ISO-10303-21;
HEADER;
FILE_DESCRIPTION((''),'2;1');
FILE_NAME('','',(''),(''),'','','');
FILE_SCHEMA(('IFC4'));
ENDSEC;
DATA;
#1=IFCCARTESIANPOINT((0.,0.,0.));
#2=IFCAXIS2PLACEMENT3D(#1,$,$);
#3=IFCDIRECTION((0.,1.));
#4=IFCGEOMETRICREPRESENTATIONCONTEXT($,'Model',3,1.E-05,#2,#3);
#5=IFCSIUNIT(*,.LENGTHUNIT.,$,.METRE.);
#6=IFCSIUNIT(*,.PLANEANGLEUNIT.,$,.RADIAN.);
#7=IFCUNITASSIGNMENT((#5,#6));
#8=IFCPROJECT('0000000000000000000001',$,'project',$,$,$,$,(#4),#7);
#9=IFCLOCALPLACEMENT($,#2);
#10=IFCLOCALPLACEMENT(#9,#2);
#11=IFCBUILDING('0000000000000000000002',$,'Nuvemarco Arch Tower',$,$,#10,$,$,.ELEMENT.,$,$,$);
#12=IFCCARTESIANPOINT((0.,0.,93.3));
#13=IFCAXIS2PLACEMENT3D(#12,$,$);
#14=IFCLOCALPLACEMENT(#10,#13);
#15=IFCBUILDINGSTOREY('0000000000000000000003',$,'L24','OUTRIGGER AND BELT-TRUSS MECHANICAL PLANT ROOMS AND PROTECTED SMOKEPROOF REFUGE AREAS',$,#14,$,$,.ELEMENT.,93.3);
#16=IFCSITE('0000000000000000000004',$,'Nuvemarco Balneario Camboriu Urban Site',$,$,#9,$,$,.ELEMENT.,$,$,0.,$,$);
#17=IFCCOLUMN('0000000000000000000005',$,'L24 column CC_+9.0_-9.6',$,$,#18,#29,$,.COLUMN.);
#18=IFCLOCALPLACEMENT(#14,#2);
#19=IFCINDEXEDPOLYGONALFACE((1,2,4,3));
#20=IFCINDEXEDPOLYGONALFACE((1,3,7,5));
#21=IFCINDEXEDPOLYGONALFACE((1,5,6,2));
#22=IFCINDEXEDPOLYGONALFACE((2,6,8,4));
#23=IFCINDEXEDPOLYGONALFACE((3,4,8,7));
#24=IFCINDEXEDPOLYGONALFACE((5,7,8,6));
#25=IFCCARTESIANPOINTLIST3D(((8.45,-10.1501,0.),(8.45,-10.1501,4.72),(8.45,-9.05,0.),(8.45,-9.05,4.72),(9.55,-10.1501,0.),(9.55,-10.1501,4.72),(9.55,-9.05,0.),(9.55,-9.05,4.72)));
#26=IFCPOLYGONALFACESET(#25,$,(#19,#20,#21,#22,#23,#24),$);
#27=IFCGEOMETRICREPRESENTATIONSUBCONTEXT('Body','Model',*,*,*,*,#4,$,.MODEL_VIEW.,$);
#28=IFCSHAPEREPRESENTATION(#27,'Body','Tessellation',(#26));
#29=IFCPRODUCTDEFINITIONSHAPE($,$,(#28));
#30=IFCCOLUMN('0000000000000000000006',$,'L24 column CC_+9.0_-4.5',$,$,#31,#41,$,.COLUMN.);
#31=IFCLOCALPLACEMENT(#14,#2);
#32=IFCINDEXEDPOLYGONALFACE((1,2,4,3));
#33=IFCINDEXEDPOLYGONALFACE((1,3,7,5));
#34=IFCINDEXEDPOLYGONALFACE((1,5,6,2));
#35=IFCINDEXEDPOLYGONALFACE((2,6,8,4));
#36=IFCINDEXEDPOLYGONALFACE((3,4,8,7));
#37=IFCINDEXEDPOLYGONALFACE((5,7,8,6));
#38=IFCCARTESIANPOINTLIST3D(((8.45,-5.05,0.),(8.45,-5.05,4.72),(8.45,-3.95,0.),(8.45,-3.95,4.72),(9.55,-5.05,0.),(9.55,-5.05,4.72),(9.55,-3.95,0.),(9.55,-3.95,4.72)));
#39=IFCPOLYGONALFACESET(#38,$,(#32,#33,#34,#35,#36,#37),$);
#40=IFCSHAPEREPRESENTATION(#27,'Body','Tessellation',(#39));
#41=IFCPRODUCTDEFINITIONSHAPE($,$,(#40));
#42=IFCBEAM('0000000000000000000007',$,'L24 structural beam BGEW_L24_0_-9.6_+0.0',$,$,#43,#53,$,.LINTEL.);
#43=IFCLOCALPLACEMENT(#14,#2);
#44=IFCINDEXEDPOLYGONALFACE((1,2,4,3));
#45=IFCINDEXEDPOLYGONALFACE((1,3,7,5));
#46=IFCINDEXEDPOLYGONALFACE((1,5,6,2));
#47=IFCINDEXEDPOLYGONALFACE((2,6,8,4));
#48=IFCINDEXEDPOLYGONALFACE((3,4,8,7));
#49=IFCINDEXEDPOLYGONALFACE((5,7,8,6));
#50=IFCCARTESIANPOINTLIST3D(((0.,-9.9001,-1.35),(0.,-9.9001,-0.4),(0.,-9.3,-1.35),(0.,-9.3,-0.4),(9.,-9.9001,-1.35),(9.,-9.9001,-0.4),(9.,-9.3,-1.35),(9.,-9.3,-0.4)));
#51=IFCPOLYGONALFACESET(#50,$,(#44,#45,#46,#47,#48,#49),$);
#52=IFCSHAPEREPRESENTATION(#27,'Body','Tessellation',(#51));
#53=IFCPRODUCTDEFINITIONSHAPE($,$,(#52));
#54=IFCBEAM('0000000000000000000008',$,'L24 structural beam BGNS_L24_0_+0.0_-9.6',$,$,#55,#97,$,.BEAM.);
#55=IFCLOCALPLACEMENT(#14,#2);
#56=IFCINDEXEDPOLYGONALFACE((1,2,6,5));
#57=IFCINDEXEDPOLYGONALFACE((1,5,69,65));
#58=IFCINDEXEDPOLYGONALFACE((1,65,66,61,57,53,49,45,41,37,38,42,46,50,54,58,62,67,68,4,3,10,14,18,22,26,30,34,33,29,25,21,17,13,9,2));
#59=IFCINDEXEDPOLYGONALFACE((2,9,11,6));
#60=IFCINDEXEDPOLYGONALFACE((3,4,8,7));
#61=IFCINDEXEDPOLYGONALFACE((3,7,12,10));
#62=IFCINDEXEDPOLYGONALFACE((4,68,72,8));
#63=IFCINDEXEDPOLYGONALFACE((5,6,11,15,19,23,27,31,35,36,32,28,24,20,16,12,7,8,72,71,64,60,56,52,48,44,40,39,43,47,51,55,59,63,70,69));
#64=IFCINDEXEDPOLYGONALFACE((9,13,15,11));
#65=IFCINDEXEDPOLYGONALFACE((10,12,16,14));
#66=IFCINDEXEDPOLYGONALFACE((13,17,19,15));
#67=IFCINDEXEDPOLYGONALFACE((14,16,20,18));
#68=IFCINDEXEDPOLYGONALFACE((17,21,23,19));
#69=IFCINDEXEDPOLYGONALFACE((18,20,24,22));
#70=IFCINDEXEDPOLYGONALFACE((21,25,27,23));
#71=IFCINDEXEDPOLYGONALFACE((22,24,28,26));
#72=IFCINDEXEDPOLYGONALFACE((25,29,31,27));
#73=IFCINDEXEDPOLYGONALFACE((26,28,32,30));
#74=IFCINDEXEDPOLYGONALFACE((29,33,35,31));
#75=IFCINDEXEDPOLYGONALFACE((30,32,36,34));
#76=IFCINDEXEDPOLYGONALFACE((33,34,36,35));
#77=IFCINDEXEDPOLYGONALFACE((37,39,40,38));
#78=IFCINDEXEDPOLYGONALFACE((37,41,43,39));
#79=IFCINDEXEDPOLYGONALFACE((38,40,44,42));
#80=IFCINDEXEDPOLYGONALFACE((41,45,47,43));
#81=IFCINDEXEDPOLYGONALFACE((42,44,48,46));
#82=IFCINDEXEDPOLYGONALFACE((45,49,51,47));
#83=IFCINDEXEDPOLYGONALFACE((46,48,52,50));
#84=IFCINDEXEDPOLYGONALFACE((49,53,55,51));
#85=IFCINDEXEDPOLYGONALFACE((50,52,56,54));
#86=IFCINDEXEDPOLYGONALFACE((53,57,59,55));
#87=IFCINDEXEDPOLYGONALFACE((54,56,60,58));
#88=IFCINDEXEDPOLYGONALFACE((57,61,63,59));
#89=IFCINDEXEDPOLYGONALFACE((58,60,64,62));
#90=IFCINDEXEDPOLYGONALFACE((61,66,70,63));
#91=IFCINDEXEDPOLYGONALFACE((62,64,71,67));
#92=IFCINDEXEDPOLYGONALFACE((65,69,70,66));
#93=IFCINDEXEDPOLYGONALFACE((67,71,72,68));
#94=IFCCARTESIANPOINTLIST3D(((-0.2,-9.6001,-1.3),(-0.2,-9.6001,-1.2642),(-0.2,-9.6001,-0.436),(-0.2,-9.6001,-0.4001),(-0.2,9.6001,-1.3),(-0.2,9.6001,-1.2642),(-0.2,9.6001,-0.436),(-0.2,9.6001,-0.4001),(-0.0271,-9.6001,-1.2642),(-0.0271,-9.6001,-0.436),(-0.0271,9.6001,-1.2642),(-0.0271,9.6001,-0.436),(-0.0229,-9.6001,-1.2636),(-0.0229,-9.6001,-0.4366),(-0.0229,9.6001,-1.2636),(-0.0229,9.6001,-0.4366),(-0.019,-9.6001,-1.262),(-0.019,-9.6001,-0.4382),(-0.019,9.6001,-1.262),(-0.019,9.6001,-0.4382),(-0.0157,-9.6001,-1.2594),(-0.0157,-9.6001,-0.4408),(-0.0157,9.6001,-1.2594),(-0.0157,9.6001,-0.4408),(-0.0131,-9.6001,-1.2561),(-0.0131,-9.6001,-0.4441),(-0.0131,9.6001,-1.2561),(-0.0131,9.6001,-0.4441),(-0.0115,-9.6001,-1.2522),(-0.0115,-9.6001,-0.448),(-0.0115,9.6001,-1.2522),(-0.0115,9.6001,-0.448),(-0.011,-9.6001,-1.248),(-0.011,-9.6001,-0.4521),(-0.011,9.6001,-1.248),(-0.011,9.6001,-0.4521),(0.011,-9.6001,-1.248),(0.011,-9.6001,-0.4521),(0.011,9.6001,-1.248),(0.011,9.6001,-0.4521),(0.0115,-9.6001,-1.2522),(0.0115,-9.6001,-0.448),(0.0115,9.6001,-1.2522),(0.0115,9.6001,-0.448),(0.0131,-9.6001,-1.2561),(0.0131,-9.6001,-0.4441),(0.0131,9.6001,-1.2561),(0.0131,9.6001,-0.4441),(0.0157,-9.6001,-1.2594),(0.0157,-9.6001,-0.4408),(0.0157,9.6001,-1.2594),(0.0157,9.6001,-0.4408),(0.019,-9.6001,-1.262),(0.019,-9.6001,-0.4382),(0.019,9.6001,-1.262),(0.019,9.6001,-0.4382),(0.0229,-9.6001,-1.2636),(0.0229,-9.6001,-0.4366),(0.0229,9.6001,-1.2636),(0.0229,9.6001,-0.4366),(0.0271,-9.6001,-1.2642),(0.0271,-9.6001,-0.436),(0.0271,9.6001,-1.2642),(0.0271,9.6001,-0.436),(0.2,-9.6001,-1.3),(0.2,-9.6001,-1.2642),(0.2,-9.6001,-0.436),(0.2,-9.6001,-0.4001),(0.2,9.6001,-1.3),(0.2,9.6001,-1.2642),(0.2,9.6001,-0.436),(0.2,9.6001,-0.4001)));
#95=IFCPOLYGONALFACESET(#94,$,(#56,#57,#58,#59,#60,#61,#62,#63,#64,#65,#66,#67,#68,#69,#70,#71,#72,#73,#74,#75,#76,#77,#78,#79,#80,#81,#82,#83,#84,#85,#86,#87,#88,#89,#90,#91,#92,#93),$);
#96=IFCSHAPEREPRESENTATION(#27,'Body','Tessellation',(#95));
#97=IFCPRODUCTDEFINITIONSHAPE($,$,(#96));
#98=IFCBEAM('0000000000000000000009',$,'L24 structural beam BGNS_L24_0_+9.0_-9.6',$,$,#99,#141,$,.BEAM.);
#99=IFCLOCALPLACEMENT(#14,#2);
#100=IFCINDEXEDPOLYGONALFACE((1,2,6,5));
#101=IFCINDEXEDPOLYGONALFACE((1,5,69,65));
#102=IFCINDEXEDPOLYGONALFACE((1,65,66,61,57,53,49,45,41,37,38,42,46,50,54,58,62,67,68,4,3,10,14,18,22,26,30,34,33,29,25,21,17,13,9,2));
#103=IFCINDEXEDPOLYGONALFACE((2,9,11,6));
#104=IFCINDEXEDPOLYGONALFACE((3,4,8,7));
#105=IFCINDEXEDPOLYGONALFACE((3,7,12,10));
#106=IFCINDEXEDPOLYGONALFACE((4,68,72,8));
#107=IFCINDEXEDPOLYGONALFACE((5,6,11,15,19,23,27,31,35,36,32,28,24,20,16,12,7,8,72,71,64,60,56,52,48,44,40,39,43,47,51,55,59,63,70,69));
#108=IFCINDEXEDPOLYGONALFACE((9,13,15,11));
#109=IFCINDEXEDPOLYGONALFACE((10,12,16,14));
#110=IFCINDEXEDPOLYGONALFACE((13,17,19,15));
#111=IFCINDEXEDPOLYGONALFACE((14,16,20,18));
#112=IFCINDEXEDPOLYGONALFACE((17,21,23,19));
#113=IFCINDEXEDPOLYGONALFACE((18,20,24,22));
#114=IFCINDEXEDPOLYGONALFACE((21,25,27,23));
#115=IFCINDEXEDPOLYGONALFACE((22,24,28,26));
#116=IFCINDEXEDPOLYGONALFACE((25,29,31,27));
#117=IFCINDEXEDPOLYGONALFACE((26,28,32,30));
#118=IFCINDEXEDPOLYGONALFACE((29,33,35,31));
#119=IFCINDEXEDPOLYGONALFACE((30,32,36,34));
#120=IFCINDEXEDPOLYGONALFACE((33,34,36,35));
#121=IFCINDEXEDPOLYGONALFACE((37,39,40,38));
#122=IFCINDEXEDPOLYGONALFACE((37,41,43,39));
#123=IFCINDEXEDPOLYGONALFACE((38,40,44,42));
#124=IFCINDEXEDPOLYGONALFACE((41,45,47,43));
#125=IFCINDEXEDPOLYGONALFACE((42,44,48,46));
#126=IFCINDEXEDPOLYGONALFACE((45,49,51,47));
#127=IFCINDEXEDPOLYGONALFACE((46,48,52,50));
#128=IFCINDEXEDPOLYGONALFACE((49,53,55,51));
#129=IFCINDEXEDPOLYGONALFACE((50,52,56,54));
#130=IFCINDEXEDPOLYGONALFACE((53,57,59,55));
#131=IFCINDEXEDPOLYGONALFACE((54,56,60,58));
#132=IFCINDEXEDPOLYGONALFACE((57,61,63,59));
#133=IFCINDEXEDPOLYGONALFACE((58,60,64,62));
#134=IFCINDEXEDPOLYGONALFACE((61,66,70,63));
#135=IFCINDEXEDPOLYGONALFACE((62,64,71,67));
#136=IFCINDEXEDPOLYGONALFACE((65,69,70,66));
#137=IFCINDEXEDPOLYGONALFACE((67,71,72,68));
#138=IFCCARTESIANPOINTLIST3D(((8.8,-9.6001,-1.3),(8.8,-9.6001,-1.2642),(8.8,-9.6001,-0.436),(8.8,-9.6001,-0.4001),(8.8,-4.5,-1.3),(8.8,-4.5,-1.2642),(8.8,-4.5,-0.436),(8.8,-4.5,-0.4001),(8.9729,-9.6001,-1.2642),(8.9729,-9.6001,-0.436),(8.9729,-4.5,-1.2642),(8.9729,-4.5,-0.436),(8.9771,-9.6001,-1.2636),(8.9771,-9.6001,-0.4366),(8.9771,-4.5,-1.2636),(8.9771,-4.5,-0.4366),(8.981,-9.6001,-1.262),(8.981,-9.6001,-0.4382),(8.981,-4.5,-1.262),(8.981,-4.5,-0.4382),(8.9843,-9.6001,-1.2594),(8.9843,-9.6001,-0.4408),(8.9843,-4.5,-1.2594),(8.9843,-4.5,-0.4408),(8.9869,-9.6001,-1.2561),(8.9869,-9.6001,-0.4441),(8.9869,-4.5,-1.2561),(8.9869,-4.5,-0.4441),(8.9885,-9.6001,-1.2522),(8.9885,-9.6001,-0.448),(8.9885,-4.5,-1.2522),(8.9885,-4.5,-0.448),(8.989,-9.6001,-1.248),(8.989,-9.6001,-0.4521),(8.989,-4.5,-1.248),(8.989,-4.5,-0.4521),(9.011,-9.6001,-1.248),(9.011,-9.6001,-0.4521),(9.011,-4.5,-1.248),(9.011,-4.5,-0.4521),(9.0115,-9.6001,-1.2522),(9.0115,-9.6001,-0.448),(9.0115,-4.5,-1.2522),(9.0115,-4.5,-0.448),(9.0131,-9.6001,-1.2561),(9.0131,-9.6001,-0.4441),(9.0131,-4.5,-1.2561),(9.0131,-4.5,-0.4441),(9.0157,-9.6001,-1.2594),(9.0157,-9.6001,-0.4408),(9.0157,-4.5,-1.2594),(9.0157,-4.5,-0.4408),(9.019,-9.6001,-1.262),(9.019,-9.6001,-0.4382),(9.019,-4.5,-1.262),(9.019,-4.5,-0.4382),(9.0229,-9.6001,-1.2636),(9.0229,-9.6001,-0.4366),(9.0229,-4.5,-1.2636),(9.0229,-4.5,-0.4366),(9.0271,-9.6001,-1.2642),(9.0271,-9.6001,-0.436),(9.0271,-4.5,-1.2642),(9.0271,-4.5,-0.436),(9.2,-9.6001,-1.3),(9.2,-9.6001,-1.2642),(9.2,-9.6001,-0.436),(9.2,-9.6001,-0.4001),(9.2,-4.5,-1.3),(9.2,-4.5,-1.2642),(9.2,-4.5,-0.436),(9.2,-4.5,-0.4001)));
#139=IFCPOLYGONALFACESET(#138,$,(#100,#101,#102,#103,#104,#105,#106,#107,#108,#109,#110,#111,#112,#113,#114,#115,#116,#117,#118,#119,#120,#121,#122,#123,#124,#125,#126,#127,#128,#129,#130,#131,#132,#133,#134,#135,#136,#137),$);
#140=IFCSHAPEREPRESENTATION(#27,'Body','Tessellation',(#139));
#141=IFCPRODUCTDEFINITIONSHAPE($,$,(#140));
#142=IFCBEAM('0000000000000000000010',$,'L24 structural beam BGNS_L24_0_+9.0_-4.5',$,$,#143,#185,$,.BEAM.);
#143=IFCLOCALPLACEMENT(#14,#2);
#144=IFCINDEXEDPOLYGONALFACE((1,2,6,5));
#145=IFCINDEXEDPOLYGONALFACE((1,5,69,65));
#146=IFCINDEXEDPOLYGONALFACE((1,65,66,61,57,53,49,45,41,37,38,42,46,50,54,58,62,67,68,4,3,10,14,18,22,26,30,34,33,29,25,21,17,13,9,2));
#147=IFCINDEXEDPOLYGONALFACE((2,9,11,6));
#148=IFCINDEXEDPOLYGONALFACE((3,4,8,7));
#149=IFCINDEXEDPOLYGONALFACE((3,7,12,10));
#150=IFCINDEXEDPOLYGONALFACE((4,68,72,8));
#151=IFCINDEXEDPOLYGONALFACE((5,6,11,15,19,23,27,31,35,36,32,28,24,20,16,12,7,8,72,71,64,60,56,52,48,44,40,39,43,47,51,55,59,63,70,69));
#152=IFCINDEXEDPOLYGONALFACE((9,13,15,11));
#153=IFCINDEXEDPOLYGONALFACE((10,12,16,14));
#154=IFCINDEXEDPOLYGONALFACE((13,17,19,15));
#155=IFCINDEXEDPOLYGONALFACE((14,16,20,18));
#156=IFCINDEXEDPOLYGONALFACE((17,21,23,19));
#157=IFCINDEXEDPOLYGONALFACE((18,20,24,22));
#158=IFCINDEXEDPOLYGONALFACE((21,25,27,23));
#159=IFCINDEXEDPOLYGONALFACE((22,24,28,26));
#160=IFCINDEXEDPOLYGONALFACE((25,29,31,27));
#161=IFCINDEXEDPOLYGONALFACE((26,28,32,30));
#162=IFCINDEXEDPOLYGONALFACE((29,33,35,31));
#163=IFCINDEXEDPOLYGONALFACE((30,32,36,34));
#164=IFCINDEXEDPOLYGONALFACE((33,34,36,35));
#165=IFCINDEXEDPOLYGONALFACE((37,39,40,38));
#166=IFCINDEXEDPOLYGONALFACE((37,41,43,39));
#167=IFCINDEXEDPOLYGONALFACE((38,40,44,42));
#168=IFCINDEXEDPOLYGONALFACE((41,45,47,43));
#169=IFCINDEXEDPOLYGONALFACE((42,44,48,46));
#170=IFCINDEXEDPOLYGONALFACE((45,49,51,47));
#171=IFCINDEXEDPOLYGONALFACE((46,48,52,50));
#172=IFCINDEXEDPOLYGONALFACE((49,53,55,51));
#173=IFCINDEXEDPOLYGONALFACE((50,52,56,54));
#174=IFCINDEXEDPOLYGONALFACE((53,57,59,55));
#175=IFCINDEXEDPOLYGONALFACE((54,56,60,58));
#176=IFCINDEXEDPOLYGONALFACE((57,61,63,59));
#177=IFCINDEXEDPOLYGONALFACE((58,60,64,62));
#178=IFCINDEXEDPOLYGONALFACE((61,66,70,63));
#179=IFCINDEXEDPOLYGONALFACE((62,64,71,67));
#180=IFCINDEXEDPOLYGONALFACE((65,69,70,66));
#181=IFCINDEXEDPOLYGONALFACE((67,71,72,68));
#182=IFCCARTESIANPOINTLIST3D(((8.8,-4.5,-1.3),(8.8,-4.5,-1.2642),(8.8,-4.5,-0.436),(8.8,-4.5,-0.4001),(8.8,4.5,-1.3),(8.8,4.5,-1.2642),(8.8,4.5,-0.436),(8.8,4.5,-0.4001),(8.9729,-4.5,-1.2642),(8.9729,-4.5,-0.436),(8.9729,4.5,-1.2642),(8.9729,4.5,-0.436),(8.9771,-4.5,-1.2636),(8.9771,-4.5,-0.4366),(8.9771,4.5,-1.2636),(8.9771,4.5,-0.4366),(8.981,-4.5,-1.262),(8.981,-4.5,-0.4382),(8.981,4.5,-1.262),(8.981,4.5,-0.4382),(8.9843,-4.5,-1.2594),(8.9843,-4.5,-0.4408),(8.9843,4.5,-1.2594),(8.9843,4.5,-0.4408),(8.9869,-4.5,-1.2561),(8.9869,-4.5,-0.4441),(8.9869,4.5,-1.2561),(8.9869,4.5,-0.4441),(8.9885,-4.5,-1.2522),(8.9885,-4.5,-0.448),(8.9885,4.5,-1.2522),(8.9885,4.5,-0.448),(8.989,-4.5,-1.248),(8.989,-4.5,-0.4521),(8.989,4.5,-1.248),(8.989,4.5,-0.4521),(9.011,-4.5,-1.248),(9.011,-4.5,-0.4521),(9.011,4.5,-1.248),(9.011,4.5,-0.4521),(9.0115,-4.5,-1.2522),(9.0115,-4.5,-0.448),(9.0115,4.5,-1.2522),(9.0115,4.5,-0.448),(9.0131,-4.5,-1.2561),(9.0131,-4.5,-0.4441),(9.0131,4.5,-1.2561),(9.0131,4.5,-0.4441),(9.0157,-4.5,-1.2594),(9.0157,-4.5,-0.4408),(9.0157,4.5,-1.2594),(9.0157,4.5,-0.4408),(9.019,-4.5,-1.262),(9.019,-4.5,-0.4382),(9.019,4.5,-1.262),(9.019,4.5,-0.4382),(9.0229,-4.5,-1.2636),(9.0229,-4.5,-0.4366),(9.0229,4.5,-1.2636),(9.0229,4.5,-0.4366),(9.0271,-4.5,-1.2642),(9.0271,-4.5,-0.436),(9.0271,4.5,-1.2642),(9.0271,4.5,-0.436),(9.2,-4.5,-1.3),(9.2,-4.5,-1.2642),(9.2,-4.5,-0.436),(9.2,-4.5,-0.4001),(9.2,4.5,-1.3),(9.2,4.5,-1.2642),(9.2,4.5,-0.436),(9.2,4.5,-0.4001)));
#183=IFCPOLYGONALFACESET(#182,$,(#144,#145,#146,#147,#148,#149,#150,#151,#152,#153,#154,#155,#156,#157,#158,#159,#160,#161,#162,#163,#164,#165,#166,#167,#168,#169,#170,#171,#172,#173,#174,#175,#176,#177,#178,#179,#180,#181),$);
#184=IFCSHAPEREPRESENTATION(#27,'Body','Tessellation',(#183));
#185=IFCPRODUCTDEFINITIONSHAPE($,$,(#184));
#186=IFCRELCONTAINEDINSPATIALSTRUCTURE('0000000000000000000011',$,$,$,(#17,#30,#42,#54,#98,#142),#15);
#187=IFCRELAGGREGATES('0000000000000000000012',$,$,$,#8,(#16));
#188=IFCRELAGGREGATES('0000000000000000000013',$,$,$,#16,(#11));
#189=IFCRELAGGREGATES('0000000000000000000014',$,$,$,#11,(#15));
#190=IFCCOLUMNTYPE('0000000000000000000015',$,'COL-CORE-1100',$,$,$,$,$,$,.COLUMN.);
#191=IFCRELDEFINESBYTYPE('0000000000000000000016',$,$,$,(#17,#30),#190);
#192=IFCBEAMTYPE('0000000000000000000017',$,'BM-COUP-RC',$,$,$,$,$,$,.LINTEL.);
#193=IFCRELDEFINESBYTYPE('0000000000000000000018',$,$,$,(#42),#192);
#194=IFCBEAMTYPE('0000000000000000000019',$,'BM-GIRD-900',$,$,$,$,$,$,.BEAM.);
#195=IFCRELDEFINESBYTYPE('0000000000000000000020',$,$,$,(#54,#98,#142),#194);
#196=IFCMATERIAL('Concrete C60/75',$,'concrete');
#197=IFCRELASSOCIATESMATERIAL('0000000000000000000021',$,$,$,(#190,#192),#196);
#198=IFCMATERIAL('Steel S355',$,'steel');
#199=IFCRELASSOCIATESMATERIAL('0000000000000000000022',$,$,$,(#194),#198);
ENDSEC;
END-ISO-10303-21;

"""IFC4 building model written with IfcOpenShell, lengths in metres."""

from ifc_helpers import new_model, si_unit, direction, frame, origin, origin_2d, place, context, subcontext, project, spatial, rectangle, i_section, extrude, material, material_profile, profile_set, type_object, element, save


model = new_model("IFC4")

# Units and contexts
model_context = context("Model", 3, precision=1e-05, world=origin(), true_north=direction((0.0, 1.0)))
body_context = subcontext(model_context, "Body", "Model", "MODEL_VIEW")
ifc_project = project(units=[si_unit("LENGTHUNIT", "METRE"), si_unit("PLANEANGLEUNIT", "RADIAN")], contexts=[model_context])

# Site, building, storey
site_placement = place(None, origin())
site = spatial("IfcSite", under=ifc_project, at=site_placement, Name="Nuvemarco Balneario Camboriu Urban Site", CompositionType="ELEMENT", RefElevation=0.0)
building_placement = place(site_placement, origin())
building = spatial("IfcBuilding", under=site, at=building_placement, Name="Nuvemarco Arch Tower", CompositionType="ELEMENT")
storey_placement = place(building_placement, frame((0.0, 0.0, 93.3)))
storey = spatial("IfcBuildingStorey", under=building, at=storey_placement, Name="L24", Description="OUTRIGGER AND BELT-TRUSS MECHANICAL PLANT ROOMS AND PROTECTED SMOKEPROOF REFUGE AREAS", CompositionType="ELEMENT", Elevation=93.3)

# Columns
ifc_material_1 = material(Name="Concrete C60/75", Category="concrete")
ifc_material_profile_1 = material_profile(ifc_material_1, rectangle(XDim=1.1001, YDim=1.1001, at=origin_2d()), Name="RC-COL-1100x1100")
ifc_profile_set_1 = profile_set([ifc_material_profile_1], Name="Concrete C60/75")
column_type = type_object("IfcColumnType", Name="COL-CORE-1100", PredefinedType="COLUMN", material=ifc_profile_set_1)
for number, where, z_axis, x_axis, name in (
    (1, (9.0, -9.6001, 0.0), (0.0, 0.0, 1.0), (1.0, 0.0, 0.0), "L24 column CC_+9.0_-9.6"),
    (2, (9.0, -4.5, 0.0), (0.0, 0.0, 1.0), (1.0, 0.0, 0.0), "L24 column CC_+9.0_-4.5"),
):
    element("IfcColumn", number, at=place(storey_placement, frame(where, z_axis=z_axis, x_axis=x_axis)), inside=storey, type_object=column_type, Name=name, PredefinedType="COLUMN", context=body_context, shape_type="SweptSolid", body=[
        extrude(rectangle(XDim=1.1001, YDim=1.1001, at=origin_2d()), origin(), (0.0, 0.0, 1.0), 4.72),
    ])

# Beams
ifc_material_profile_2 = material_profile(ifc_material_1, rectangle(XDim=0.6001, YDim=0.95, at=origin_2d()), Name="RC-BM-600x950")
ifc_profile_set_2 = profile_set([ifc_material_profile_2], Name="Concrete C60/75")
beam_type_1 = type_object("IfcBeamType", Name="BM-COUP-RC", PredefinedType="LINTEL", material=ifc_profile_set_2)
beam_1_placement = place(storey_placement, frame((0.0, -9.6001, -0.875), z_axis=(1.0, 0.0, 0.0), x_axis=(0.0, 1.0, 0.0)))
element("IfcBeam", 3, at=beam_1_placement, inside=storey, type_object=beam_type_1, Name="L24 structural beam BGEW_L24_0_-9.6_+0.0", PredefinedType="LINTEL", context=body_context, shape_type="SweptSolid", body=[
    extrude(rectangle(XDim=0.6001, YDim=0.95, at=origin_2d()), origin(), (0.0, 0.0, 1.0), 9.0),
])
ifc_material_2 = material(Name="Steel S355", Category="steel")
ifc_material_profile_3 = material_profile(ifc_material_2, i_section(OverallWidth=0.3999, OverallDepth=0.8999, WebThickness=0.022, FlangeThickness=0.0359, FilletRadius=0.0161, at=origin_2d()), Name="PG900x400")
ifc_profile_set_3 = profile_set([ifc_material_profile_3], Name="Steel S355")
beam_type_2 = type_object("IfcBeamType", Name="BM-GIRD-900", PredefinedType="BEAM", material=ifc_profile_set_3)
beam_2_placement = place(storey_placement, frame((0.0, -9.6001, -0.8501), z_axis=(0.0, 1.0, 0.0), x_axis=(-1.0, 0.0, 0.0)))
element("IfcBeam", 4, at=beam_2_placement, inside=storey, type_object=beam_type_2, Name="L24 structural beam BGNS_L24_0_+0.0_-9.6", PredefinedType="BEAM", context=body_context, shape_type="SweptSolid", body=[
    extrude(i_section(OverallWidth=0.3999, OverallDepth=0.8999, WebThickness=0.022, FlangeThickness=0.0359, FilletRadius=0.0161, at=origin_2d()), origin(), (0.0, 0.0, 1.0), 19.2002),
])
beam_3_placement = place(storey_placement, frame((9.0, -9.6001, -0.8501), z_axis=(0.0, 1.0, 0.0), x_axis=(-1.0, 0.0, 0.0)))
element("IfcBeam", 5, at=beam_3_placement, inside=storey, type_object=beam_type_2, Name="L24 structural beam BGNS_L24_0_+9.0_-9.6", PredefinedType="BEAM", context=body_context, shape_type="SweptSolid", body=[
    extrude(i_section(OverallWidth=0.3999, OverallDepth=0.8999, WebThickness=0.022, FlangeThickness=0.0359, FilletRadius=0.0161, at=origin_2d()), origin(), (0.0, 0.0, 1.0), 5.1001),
])
beam_4_placement = place(storey_placement, frame((9.0, -4.5, -0.8501), z_axis=(0.0, 1.0, 0.0), x_axis=(-1.0, 0.0, 0.0)))
element("IfcBeam", 6, at=beam_4_placement, inside=storey, type_object=beam_type_2, Name="L24 structural beam BGNS_L24_0_+9.0_-4.5", PredefinedType="BEAM", context=body_context, shape_type="SweptSolid", body=[
    extrude(i_section(OverallWidth=0.3999, OverallDepth=0.8999, WebThickness=0.022, FlangeThickness=0.0359, FilletRadius=0.0161, at=origin_2d()), origin(), (0.0, 0.0, 1.0), 9.0),
])

save(model, "model.ifc")
